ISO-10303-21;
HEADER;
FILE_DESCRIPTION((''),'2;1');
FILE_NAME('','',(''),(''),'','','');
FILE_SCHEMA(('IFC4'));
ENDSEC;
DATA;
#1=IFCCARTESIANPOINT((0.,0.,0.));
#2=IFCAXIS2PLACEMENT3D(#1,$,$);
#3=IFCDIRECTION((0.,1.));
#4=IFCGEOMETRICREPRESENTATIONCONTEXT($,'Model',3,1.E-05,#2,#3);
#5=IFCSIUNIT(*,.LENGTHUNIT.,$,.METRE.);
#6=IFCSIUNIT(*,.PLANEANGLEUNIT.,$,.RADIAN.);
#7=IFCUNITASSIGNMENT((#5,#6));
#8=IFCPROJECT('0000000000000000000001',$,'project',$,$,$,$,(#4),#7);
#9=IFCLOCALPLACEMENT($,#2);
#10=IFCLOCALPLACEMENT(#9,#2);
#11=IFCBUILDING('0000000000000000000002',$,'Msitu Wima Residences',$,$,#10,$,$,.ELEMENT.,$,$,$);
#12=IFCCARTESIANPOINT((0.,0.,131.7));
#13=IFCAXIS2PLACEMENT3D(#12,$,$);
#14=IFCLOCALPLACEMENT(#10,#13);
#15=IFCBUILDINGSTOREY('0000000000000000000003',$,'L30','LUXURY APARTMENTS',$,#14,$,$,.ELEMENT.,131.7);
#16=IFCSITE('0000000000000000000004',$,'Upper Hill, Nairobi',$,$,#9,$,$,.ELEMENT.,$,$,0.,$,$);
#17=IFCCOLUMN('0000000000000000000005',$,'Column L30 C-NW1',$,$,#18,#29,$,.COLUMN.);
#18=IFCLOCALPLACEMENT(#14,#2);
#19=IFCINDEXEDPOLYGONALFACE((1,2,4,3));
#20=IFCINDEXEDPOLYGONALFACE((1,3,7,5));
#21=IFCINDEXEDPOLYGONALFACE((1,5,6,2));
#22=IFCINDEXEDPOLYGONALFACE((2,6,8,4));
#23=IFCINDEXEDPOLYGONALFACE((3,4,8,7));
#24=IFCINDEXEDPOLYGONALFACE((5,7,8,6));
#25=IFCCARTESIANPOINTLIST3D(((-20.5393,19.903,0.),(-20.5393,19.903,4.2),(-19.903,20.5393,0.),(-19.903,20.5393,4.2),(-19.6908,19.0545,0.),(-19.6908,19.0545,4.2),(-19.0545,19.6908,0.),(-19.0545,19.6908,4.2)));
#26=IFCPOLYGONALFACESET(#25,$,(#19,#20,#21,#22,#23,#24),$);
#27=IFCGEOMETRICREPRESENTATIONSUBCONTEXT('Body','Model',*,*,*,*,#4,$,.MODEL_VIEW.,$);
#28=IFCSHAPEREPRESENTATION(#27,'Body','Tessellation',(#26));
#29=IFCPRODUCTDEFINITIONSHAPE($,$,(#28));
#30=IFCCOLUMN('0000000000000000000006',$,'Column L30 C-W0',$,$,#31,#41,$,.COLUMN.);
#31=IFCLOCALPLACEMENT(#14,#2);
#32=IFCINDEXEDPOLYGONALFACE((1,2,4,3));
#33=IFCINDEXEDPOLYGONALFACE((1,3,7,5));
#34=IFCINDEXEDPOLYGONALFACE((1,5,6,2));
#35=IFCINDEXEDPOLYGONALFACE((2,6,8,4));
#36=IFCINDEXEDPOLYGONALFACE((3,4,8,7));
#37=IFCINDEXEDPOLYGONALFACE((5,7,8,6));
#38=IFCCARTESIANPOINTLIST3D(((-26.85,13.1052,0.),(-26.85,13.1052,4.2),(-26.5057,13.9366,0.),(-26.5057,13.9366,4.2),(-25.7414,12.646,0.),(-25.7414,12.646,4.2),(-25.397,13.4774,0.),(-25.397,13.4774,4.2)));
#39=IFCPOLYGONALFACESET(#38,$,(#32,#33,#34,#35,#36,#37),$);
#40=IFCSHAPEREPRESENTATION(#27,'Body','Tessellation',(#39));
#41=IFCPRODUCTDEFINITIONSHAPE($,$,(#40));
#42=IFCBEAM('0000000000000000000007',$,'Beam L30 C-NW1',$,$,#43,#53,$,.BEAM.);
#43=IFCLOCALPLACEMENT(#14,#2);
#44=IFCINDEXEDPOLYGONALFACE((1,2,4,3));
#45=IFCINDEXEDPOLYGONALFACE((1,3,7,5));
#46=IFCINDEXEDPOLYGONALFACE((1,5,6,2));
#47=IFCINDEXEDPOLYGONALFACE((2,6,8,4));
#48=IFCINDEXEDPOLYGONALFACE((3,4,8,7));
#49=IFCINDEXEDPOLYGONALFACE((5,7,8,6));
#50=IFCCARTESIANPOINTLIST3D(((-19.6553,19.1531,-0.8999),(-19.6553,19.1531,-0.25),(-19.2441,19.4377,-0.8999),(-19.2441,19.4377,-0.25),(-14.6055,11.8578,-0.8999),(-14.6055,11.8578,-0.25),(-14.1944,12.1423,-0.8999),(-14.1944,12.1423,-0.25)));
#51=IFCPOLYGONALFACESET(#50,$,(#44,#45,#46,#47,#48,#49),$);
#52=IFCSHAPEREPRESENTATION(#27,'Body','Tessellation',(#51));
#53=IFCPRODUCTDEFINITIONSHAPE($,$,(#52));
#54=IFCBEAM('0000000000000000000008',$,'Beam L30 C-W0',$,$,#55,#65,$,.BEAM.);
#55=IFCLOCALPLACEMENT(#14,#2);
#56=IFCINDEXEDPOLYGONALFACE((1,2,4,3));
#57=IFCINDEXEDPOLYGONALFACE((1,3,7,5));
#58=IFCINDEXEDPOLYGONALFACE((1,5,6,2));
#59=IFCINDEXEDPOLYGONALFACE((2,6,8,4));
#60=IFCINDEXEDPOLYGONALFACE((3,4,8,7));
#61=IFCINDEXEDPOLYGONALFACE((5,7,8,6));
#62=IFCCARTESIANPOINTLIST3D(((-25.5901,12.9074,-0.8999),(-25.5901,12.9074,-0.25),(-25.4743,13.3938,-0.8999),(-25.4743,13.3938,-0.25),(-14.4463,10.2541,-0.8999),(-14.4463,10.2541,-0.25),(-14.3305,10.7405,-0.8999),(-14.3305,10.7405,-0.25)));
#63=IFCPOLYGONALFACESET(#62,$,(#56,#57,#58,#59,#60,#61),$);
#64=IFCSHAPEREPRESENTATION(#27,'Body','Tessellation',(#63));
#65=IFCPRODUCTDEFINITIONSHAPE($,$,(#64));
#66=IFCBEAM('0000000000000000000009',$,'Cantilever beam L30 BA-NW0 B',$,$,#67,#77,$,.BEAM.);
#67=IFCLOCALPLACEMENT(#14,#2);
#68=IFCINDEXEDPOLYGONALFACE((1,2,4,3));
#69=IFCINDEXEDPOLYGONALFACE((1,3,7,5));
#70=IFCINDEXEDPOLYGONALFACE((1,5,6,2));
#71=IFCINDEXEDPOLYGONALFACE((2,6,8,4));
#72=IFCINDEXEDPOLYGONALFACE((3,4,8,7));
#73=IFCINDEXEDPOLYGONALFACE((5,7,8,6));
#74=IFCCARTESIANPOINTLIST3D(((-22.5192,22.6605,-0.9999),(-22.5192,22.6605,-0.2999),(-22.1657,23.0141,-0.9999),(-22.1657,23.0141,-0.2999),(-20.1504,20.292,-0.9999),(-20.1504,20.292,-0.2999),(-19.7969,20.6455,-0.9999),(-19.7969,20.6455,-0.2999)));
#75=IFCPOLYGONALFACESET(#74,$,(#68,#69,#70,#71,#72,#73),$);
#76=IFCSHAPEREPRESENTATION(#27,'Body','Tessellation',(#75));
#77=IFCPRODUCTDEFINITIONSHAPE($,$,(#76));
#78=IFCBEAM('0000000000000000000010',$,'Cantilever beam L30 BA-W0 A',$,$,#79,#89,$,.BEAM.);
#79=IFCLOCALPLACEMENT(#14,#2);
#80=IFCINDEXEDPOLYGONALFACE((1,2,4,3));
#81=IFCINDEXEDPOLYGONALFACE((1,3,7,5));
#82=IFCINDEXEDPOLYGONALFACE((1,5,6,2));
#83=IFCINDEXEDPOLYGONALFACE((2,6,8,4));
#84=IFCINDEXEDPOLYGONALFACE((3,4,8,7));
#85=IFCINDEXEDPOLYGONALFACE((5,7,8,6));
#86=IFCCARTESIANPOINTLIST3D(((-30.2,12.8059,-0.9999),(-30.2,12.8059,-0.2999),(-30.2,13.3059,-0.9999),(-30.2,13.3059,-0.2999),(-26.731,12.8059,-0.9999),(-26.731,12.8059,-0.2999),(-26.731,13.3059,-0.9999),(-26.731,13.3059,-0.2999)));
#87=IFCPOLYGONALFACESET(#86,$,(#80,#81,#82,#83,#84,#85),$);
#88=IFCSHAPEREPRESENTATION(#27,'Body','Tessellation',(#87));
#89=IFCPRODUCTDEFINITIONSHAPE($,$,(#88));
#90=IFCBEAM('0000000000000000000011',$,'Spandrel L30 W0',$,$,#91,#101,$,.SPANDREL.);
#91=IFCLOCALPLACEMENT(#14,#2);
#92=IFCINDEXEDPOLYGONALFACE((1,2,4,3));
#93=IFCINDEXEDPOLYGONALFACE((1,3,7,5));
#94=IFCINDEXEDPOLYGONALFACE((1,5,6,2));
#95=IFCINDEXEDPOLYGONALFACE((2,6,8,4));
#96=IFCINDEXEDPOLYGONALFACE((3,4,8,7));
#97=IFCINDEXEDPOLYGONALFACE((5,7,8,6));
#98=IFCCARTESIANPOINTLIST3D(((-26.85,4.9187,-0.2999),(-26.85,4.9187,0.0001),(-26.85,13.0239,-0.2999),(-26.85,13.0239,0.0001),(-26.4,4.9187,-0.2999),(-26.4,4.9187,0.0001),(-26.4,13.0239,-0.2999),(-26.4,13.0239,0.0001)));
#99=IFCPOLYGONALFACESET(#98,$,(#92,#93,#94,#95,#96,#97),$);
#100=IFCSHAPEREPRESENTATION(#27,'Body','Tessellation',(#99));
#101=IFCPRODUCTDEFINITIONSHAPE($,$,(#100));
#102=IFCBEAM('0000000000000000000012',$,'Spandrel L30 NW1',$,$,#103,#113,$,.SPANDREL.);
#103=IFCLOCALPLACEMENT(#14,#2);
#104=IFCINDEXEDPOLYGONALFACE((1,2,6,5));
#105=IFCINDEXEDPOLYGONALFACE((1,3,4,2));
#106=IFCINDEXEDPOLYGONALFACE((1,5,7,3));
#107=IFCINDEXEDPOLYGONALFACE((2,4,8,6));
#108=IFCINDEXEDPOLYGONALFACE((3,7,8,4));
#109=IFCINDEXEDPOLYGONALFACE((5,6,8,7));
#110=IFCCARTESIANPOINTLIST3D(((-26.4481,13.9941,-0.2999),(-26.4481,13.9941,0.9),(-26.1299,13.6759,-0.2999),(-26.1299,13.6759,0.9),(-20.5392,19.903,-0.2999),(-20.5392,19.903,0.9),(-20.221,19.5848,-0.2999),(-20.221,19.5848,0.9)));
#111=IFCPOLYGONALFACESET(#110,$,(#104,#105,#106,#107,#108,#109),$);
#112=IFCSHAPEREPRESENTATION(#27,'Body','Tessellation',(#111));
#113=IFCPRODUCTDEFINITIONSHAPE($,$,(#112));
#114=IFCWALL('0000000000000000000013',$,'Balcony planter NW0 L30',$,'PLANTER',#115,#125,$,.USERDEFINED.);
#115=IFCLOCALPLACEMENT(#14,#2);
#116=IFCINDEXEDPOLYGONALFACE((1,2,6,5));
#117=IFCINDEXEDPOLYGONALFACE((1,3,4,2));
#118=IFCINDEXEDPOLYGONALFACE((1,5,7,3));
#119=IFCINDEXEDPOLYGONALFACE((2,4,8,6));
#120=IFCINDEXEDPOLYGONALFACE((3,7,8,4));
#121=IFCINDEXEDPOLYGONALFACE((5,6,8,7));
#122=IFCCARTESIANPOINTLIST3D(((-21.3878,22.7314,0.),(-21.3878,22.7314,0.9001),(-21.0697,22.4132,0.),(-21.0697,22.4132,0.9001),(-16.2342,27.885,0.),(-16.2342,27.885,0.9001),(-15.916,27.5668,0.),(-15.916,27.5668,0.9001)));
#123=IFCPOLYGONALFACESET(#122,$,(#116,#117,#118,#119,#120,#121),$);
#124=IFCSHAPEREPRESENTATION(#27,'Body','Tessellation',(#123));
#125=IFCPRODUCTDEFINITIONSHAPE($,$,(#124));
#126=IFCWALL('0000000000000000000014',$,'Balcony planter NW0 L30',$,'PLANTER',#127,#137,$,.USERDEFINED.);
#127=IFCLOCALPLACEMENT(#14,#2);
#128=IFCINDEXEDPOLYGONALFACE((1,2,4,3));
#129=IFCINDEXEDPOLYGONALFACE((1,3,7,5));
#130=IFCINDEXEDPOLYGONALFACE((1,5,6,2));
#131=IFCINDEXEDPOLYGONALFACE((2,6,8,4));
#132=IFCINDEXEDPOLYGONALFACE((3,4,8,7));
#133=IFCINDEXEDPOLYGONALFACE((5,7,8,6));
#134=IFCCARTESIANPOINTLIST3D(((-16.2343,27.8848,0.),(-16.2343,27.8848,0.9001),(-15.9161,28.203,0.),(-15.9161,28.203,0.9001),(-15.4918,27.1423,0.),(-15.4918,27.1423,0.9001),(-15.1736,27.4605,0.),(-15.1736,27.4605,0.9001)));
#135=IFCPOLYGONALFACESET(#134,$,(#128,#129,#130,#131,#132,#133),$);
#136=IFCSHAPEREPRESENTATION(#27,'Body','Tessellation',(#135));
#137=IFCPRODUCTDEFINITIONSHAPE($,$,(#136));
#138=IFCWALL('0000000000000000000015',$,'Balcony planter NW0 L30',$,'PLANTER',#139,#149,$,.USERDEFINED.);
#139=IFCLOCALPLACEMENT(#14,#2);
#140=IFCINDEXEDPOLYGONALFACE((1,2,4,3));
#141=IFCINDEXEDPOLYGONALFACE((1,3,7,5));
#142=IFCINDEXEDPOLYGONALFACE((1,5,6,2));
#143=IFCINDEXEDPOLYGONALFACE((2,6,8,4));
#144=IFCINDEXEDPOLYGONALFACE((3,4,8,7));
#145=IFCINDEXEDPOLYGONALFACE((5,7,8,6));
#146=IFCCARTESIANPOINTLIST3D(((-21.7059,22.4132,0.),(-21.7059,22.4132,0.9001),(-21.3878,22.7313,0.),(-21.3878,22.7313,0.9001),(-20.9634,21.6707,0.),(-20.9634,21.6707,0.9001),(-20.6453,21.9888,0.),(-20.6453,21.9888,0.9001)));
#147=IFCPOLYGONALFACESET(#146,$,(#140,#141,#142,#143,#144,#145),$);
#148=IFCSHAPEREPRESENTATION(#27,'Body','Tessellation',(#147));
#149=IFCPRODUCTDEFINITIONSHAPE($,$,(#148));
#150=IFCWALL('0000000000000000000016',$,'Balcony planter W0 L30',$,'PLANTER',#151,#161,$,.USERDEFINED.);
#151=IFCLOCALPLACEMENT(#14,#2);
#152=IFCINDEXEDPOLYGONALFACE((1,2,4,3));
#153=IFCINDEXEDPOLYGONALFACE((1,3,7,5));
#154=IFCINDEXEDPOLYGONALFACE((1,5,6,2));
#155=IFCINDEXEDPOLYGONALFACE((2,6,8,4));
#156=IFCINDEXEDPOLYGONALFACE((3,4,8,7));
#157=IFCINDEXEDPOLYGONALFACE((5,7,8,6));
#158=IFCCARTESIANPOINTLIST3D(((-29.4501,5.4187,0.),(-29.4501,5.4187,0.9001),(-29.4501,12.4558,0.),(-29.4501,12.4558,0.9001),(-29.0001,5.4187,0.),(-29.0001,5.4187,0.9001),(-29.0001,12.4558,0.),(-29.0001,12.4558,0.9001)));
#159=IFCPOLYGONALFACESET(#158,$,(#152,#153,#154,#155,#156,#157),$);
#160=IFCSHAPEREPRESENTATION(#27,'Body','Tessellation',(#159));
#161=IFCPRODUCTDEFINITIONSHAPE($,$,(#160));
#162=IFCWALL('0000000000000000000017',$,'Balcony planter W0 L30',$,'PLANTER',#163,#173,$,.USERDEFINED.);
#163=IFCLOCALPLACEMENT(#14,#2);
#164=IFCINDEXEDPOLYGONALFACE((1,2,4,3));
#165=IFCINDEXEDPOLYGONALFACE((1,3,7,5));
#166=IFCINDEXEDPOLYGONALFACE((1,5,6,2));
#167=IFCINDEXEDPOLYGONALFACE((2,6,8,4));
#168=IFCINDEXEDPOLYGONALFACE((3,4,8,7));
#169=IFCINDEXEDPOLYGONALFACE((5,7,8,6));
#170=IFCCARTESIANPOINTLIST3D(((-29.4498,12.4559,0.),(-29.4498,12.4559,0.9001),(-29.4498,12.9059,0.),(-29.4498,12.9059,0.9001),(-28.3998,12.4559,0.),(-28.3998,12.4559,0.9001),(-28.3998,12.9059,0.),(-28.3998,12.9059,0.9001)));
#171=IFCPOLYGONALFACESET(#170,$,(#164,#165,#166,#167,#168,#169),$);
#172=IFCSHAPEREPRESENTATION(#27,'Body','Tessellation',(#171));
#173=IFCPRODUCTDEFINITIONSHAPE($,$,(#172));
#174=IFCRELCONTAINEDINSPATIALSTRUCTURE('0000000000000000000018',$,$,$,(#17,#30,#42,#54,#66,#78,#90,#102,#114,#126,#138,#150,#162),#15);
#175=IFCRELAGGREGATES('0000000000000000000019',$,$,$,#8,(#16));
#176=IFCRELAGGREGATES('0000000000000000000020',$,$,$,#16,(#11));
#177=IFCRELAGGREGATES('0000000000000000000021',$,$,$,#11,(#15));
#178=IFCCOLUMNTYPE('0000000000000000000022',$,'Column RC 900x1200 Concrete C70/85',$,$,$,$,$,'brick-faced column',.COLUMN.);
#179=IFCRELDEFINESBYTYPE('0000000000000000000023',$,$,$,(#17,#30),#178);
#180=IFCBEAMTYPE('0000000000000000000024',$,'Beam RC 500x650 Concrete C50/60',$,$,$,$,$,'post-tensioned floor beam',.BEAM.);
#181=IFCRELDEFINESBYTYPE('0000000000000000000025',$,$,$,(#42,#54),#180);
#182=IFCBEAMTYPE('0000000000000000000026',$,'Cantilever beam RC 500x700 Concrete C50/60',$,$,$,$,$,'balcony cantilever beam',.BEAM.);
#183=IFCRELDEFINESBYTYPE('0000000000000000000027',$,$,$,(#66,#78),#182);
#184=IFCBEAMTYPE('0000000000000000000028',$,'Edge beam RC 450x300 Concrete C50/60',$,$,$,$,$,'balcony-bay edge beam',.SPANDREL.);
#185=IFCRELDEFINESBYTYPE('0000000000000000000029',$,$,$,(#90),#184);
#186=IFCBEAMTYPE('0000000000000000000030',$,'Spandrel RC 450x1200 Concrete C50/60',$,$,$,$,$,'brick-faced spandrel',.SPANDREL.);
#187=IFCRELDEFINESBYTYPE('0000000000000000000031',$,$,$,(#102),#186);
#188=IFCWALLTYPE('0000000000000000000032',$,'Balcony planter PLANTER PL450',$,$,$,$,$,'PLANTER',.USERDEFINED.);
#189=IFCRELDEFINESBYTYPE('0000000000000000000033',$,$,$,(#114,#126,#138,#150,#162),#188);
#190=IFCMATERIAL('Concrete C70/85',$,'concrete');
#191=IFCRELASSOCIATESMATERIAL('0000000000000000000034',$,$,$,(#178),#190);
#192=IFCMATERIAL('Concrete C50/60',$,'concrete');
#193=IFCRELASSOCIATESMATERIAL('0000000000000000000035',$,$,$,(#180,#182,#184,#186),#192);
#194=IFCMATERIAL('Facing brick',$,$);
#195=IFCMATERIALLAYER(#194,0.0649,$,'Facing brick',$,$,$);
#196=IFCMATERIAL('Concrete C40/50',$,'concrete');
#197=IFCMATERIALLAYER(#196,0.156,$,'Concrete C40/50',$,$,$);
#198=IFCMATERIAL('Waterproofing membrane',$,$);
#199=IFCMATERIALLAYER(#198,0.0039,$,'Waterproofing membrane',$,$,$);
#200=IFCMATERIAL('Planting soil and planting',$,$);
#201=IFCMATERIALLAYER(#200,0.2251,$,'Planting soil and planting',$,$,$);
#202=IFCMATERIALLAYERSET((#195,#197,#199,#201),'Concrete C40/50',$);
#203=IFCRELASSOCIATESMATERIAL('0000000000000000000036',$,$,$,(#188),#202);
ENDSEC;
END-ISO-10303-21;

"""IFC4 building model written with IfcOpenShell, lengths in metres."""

from ifc_helpers import new_model, si_unit, direction, frame, frame_2d, origin, origin_2d, place, context, subcontext, project, spatial, rectangle, extrude, material, layer, layer_set, material_profile, profile_set, type_object, element, save


model = new_model("IFC4")

# Units and contexts
model_context = context("Model", 3, precision=1e-05, world=origin(), true_north=direction((0.0, 1.0)))
body_context = subcontext(model_context, "Body", "Model", "MODEL_VIEW")
ifc_project = project(units=[si_unit("LENGTHUNIT", "METRE"), si_unit("PLANEANGLEUNIT", "RADIAN")], contexts=[model_context])

# Site, building, storey
site_placement = place(None, origin())
site = spatial("IfcSite", under=ifc_project, at=site_placement, Name="Upper Hill, Nairobi", CompositionType="ELEMENT", RefElevation=0.0)
building_placement = place(site_placement, origin())
building = spatial("IfcBuilding", under=site, at=building_placement, Name="Msitu Wima Residences", CompositionType="ELEMENT")
storey_placement = place(building_placement, frame((0.0, 0.0, 131.7)))
storey = spatial("IfcBuildingStorey", under=building, at=storey_placement, Name="L30", Description="LUXURY APARTMENTS", CompositionType="ELEMENT", Elevation=131.7)

# Columns
ifc_material_1 = material(Name="Concrete C70/85", Category="concrete")
ifc_material_profile_1 = material_profile(ifc_material_1, rectangle(XDim=0.8999, YDim=1.2, at=origin_2d()), Name="RC 900x1200")
ifc_profile_set_1 = profile_set([ifc_material_profile_1], Name="Concrete C70/85")
column_type = type_object("IfcColumnType", Name="Column RC 900x1200 Concrete C70/85", ElementType="brick-faced column", PredefinedType="COLUMN", material=ifc_profile_set_1)
for number, where, z_axis, x_axis, name in (
    (1, (-19.7969, 19.7969, 0.0), (0.0, 0.0, 1.0), (-0.707107, -0.707107, 0.0), "Column L30 C-NW1"),
    (2, (-26.1235, 13.2913, 0.0), (0.0, 0.0, 1.0), (-0.382683, -0.92388, 0.0), "Column L30 C-W0"),
):
    element("IfcColumn", number, at=place(storey_placement, frame(where, z_axis=z_axis, x_axis=x_axis)), inside=storey, type_object=column_type, Name=name, PredefinedType="COLUMN", context=body_context, shape_type="SweptSolid", body=[
        extrude(rectangle(XDim=0.8999, YDim=1.2, at=origin_2d()), origin(), (0.0, 0.0, 1.0), 4.2),
    ])

# Beams
ifc_material_2 = material(Name="Concrete C50/60", Category="concrete")
ifc_material_profile_2 = material_profile(ifc_material_2, rectangle(XDim=0.5, YDim=0.6499, at=origin_2d()), Name="RC 500x650")
ifc_profile_set_2 = profile_set([ifc_material_profile_2], Name="Concrete C50/60")
beam_type_1 = type_object("IfcBeamType", Name="Beam RC 500x650 Concrete C50/60", ElementType="post-tensioned floor beam", PredefinedType="BEAM", material=ifc_profile_set_2)
beam_1_placement = place(storey_placement, frame((-19.4497, 19.2954, -0.575), z_axis=(0.569144, -0.822238, 0.0), x_axis=(0.822238, 0.569144, 0.0)))
element("IfcBeam", 3, at=beam_1_placement, inside=storey, type_object=beam_type_1, Name="Beam L30 C-NW1", PredefinedType="BEAM", context=body_context, shape_type="SweptSolid", body=[
    extrude(rectangle(XDim=0.5, YDim=0.6499, at=origin_2d()), origin(), (0.0, 0.0, 1.0), 8.8726),
])
beam_2_placement = place(storey_placement, frame((-25.5322, 13.1506, -0.575), z_axis=(0.972806, -0.231623, 0.0), x_axis=(0.231623, 0.972806, 0.0)))
element("IfcBeam", 4, at=beam_2_placement, inside=storey, type_object=beam_type_1, Name="Beam L30 C-W0", PredefinedType="BEAM", context=body_context, shape_type="SweptSolid", body=[
    extrude(rectangle(XDim=0.5, YDim=0.6499, at=origin_2d()), origin(), (0.0, 0.0, 1.0), 11.4553),
])
ifc_material_profile_3 = material_profile(ifc_material_2, rectangle(XDim=0.5, YDim=0.7, at=origin_2d()), Name="RC 500x700")
ifc_profile_set_3 = profile_set([ifc_material_profile_3], Name="Concrete C50/60")
beam_type_2 = type_object("IfcBeamType", Name="Cantilever beam RC 500x700 Concrete C50/60", ElementType="balcony cantilever beam", PredefinedType="BEAM", material=ifc_profile_set_3)
beam_3_placement = place(storey_placement, frame((-19.9736, 20.4688, -0.6499), z_axis=(-0.707143, 0.70707, 0.0), x_axis=(-0.70707, -0.707143, 0.0)))
element("IfcBeam", 5, at=beam_3_placement, inside=storey, type_object=beam_type_2, Name="Cantilever beam L30 BA-NW0 B", PredefinedType="BEAM", context=body_context, shape_type="SweptSolid", body=[
    extrude(rectangle(XDim=0.5, YDim=0.7, at=origin_2d()), origin(), (0.0, 0.0, 1.0), 3.3499),
])
beam_4_placement = place(storey_placement, frame((-26.731, 13.0559, -0.6499), z_axis=(-1.0, 0.0, 0.0), x_axis=(0.0, -1.0, 0.0)))
element("IfcBeam", 6, at=beam_4_placement, inside=storey, type_object=beam_type_2, Name="Cantilever beam L30 BA-W0 A", PredefinedType="BEAM", context=body_context, shape_type="SweptSolid", body=[
    extrude(rectangle(XDim=0.5, YDim=0.7, at=origin_2d()), origin(), (0.0, 0.0, 1.0), 3.469),
])
ifc_material_profile_4 = material_profile(ifc_material_2, rectangle(XDim=0.45, YDim=0.3, at=origin_2d()), Name="RC 450x300")
ifc_profile_set_4 = profile_set([ifc_material_profile_4], Name="Concrete C50/60")
beam_type_3 = type_object("IfcBeamType", Name="Edge beam RC 450x300 Concrete C50/60", ElementType="balcony-bay edge beam", PredefinedType="SPANDREL", material=ifc_profile_set_4)
beam_5_placement = place(storey_placement, frame((-26.625, 13.0239, -0.1499), z_axis=(0.0, -1.0, 0.0), x_axis=(1.0, 0.0, 0.0)))
element("IfcBeam", 7, at=beam_5_placement, inside=storey, type_object=beam_type_3, Name="Spandrel L30 W0", PredefinedType="SPANDREL", context=body_context, shape_type="SweptSolid", body=[
    extrude(rectangle(XDim=0.45, YDim=0.3, at=origin_2d()), origin(), (0.0, 0.0, 1.0), 8.1052),
])
ifc_material_profile_5 = material_profile(ifc_material_2, rectangle(XDim=0.45, YDim=1.2, at=origin_2d()), Name="RC 450x1200")
ifc_profile_set_5 = profile_set([ifc_material_profile_5], Name="Concrete C50/60")
beam_type_4 = type_object("IfcBeamType", Name="Spandrel RC 450x1200 Concrete C50/60", ElementType="brick-faced spandrel", PredefinedType="SPANDREL", material=ifc_profile_set_5)
beam_6_placement = place(storey_placement, frame((-20.3801, 19.7439, 0.3), z_axis=(-0.707107, -0.707107, 0.0), x_axis=(0.707107, -0.707107, 0.0)))
element("IfcBeam", 8, at=beam_6_placement, inside=storey, type_object=beam_type_4, Name="Spandrel L30 NW1", PredefinedType="SPANDREL", context=body_context, shape_type="SweptSolid", body=[
    extrude(rectangle(XDim=0.45, YDim=1.2, at=origin_2d()), origin(), (0.0, 0.0, 1.0), 8.3564),
])

# Walls
ifc_material_3 = material(Name="Facing brick")
ifc_layer_1 = layer(ifc_material_3, 0.0649, Name="Facing brick")
ifc_material_4 = material(Name="Concrete C40/50", Category="concrete")
ifc_layer_2 = layer(ifc_material_4, 0.156, Name="Concrete C40/50")
ifc_material_5 = material(Name="Waterproofing membrane")
ifc_layer_3 = layer(ifc_material_5, 0.0039, Name="Waterproofing membrane")
ifc_material_6 = material(Name="Planting soil and planting")
ifc_layer_4 = layer(ifc_material_6, 0.2251, Name="Planting soil and planting")
ifc_layer_set_1 = layer_set([ifc_layer_1, ifc_layer_2, ifc_layer_3, ifc_layer_4], Name="Concrete C40/50")
wall_type_1 = type_object("IfcWallType", Name="Balcony planter PLANTER PL450", ElementType="PLANTER", PredefinedType="USERDEFINED", material=ifc_layer_set_1)
wall_1_placement = place(storey_placement, frame((-16.0752, 27.7258, 0.0), z_axis=(0.0, 0.0, 1.0), x_axis=(-0.707107, -0.707107, 0.0)))
element("IfcWall", 9, at=wall_1_placement, inside=storey, type_object=wall_type_1, Name="Balcony planter NW0 L30", ObjectType="PLANTER", PredefinedType="USERDEFINED", context=body_context, shape_type="SweptSolid", body=[
    extrude(rectangle(XDim=7.2883, YDim=0.45, at=frame_2d((3.644, 0.0))), origin(), (0.0, 0.0, 1.0), 0.9001),
])
for number, where, z_axis, x_axis, name in (
    (10, (-15.3328, 27.3015, 0.0), (0.0, 0.0, 1.0), (-0.707107, 0.707107, 0.0), "Balcony planter NW0 L30"),
    (11, (-20.8044, 21.8298, 0.0), (0.0, 0.0, 1.0), (-0.707107, 0.707107, 0.0), "Balcony planter NW0 L30"),
):
    element("IfcWall", number, at=place(storey_placement, frame(where, z_axis=z_axis, x_axis=x_axis)), inside=storey, type_object=wall_type_1, Name=name, ObjectType="PLANTER", PredefinedType="USERDEFINED", context=body_context, shape_type="SweptSolid", body=[
        extrude(rectangle(XDim=1.05, YDim=0.45, at=frame_2d((0.5249, 0.0))), origin(), (0.0, 0.0, 1.0), 0.9001),
    ])
wall_2_placement = place(storey_placement, frame((-29.2251, 12.4558, 0.0), z_axis=(0.0, 0.0, 1.0), x_axis=(0.0, -1.0, 0.0)))
element("IfcWall", 12, at=wall_2_placement, inside=storey, type_object=wall_type_1, Name="Balcony planter W0 L30", ObjectType="PLANTER", PredefinedType="USERDEFINED", context=body_context, shape_type="SweptSolid", body=[
    extrude(rectangle(XDim=7.0371, YDim=0.45, at=frame_2d((3.5186, 0.0))), origin(), (0.0, 0.0, 1.0), 0.9001),
])
wall_3_placement = place(storey_placement, frame((-28.3999, 12.6809, 0.0), z_axis=(0.0, 0.0, 1.0), x_axis=(-1.0, 0.0, 0.0)))
element("IfcWall", 13, at=wall_3_placement, inside=storey, type_object=wall_type_1, Name="Balcony planter W0 L30", ObjectType="PLANTER", PredefinedType="USERDEFINED", context=body_context, shape_type="SweptSolid", body=[
    extrude(rectangle(XDim=1.05, YDim=0.45, at=frame_2d((0.5249, 0.0))), origin(), (0.0, 0.0, 1.0), 0.9001),
])

save(model, "model.ifc")
